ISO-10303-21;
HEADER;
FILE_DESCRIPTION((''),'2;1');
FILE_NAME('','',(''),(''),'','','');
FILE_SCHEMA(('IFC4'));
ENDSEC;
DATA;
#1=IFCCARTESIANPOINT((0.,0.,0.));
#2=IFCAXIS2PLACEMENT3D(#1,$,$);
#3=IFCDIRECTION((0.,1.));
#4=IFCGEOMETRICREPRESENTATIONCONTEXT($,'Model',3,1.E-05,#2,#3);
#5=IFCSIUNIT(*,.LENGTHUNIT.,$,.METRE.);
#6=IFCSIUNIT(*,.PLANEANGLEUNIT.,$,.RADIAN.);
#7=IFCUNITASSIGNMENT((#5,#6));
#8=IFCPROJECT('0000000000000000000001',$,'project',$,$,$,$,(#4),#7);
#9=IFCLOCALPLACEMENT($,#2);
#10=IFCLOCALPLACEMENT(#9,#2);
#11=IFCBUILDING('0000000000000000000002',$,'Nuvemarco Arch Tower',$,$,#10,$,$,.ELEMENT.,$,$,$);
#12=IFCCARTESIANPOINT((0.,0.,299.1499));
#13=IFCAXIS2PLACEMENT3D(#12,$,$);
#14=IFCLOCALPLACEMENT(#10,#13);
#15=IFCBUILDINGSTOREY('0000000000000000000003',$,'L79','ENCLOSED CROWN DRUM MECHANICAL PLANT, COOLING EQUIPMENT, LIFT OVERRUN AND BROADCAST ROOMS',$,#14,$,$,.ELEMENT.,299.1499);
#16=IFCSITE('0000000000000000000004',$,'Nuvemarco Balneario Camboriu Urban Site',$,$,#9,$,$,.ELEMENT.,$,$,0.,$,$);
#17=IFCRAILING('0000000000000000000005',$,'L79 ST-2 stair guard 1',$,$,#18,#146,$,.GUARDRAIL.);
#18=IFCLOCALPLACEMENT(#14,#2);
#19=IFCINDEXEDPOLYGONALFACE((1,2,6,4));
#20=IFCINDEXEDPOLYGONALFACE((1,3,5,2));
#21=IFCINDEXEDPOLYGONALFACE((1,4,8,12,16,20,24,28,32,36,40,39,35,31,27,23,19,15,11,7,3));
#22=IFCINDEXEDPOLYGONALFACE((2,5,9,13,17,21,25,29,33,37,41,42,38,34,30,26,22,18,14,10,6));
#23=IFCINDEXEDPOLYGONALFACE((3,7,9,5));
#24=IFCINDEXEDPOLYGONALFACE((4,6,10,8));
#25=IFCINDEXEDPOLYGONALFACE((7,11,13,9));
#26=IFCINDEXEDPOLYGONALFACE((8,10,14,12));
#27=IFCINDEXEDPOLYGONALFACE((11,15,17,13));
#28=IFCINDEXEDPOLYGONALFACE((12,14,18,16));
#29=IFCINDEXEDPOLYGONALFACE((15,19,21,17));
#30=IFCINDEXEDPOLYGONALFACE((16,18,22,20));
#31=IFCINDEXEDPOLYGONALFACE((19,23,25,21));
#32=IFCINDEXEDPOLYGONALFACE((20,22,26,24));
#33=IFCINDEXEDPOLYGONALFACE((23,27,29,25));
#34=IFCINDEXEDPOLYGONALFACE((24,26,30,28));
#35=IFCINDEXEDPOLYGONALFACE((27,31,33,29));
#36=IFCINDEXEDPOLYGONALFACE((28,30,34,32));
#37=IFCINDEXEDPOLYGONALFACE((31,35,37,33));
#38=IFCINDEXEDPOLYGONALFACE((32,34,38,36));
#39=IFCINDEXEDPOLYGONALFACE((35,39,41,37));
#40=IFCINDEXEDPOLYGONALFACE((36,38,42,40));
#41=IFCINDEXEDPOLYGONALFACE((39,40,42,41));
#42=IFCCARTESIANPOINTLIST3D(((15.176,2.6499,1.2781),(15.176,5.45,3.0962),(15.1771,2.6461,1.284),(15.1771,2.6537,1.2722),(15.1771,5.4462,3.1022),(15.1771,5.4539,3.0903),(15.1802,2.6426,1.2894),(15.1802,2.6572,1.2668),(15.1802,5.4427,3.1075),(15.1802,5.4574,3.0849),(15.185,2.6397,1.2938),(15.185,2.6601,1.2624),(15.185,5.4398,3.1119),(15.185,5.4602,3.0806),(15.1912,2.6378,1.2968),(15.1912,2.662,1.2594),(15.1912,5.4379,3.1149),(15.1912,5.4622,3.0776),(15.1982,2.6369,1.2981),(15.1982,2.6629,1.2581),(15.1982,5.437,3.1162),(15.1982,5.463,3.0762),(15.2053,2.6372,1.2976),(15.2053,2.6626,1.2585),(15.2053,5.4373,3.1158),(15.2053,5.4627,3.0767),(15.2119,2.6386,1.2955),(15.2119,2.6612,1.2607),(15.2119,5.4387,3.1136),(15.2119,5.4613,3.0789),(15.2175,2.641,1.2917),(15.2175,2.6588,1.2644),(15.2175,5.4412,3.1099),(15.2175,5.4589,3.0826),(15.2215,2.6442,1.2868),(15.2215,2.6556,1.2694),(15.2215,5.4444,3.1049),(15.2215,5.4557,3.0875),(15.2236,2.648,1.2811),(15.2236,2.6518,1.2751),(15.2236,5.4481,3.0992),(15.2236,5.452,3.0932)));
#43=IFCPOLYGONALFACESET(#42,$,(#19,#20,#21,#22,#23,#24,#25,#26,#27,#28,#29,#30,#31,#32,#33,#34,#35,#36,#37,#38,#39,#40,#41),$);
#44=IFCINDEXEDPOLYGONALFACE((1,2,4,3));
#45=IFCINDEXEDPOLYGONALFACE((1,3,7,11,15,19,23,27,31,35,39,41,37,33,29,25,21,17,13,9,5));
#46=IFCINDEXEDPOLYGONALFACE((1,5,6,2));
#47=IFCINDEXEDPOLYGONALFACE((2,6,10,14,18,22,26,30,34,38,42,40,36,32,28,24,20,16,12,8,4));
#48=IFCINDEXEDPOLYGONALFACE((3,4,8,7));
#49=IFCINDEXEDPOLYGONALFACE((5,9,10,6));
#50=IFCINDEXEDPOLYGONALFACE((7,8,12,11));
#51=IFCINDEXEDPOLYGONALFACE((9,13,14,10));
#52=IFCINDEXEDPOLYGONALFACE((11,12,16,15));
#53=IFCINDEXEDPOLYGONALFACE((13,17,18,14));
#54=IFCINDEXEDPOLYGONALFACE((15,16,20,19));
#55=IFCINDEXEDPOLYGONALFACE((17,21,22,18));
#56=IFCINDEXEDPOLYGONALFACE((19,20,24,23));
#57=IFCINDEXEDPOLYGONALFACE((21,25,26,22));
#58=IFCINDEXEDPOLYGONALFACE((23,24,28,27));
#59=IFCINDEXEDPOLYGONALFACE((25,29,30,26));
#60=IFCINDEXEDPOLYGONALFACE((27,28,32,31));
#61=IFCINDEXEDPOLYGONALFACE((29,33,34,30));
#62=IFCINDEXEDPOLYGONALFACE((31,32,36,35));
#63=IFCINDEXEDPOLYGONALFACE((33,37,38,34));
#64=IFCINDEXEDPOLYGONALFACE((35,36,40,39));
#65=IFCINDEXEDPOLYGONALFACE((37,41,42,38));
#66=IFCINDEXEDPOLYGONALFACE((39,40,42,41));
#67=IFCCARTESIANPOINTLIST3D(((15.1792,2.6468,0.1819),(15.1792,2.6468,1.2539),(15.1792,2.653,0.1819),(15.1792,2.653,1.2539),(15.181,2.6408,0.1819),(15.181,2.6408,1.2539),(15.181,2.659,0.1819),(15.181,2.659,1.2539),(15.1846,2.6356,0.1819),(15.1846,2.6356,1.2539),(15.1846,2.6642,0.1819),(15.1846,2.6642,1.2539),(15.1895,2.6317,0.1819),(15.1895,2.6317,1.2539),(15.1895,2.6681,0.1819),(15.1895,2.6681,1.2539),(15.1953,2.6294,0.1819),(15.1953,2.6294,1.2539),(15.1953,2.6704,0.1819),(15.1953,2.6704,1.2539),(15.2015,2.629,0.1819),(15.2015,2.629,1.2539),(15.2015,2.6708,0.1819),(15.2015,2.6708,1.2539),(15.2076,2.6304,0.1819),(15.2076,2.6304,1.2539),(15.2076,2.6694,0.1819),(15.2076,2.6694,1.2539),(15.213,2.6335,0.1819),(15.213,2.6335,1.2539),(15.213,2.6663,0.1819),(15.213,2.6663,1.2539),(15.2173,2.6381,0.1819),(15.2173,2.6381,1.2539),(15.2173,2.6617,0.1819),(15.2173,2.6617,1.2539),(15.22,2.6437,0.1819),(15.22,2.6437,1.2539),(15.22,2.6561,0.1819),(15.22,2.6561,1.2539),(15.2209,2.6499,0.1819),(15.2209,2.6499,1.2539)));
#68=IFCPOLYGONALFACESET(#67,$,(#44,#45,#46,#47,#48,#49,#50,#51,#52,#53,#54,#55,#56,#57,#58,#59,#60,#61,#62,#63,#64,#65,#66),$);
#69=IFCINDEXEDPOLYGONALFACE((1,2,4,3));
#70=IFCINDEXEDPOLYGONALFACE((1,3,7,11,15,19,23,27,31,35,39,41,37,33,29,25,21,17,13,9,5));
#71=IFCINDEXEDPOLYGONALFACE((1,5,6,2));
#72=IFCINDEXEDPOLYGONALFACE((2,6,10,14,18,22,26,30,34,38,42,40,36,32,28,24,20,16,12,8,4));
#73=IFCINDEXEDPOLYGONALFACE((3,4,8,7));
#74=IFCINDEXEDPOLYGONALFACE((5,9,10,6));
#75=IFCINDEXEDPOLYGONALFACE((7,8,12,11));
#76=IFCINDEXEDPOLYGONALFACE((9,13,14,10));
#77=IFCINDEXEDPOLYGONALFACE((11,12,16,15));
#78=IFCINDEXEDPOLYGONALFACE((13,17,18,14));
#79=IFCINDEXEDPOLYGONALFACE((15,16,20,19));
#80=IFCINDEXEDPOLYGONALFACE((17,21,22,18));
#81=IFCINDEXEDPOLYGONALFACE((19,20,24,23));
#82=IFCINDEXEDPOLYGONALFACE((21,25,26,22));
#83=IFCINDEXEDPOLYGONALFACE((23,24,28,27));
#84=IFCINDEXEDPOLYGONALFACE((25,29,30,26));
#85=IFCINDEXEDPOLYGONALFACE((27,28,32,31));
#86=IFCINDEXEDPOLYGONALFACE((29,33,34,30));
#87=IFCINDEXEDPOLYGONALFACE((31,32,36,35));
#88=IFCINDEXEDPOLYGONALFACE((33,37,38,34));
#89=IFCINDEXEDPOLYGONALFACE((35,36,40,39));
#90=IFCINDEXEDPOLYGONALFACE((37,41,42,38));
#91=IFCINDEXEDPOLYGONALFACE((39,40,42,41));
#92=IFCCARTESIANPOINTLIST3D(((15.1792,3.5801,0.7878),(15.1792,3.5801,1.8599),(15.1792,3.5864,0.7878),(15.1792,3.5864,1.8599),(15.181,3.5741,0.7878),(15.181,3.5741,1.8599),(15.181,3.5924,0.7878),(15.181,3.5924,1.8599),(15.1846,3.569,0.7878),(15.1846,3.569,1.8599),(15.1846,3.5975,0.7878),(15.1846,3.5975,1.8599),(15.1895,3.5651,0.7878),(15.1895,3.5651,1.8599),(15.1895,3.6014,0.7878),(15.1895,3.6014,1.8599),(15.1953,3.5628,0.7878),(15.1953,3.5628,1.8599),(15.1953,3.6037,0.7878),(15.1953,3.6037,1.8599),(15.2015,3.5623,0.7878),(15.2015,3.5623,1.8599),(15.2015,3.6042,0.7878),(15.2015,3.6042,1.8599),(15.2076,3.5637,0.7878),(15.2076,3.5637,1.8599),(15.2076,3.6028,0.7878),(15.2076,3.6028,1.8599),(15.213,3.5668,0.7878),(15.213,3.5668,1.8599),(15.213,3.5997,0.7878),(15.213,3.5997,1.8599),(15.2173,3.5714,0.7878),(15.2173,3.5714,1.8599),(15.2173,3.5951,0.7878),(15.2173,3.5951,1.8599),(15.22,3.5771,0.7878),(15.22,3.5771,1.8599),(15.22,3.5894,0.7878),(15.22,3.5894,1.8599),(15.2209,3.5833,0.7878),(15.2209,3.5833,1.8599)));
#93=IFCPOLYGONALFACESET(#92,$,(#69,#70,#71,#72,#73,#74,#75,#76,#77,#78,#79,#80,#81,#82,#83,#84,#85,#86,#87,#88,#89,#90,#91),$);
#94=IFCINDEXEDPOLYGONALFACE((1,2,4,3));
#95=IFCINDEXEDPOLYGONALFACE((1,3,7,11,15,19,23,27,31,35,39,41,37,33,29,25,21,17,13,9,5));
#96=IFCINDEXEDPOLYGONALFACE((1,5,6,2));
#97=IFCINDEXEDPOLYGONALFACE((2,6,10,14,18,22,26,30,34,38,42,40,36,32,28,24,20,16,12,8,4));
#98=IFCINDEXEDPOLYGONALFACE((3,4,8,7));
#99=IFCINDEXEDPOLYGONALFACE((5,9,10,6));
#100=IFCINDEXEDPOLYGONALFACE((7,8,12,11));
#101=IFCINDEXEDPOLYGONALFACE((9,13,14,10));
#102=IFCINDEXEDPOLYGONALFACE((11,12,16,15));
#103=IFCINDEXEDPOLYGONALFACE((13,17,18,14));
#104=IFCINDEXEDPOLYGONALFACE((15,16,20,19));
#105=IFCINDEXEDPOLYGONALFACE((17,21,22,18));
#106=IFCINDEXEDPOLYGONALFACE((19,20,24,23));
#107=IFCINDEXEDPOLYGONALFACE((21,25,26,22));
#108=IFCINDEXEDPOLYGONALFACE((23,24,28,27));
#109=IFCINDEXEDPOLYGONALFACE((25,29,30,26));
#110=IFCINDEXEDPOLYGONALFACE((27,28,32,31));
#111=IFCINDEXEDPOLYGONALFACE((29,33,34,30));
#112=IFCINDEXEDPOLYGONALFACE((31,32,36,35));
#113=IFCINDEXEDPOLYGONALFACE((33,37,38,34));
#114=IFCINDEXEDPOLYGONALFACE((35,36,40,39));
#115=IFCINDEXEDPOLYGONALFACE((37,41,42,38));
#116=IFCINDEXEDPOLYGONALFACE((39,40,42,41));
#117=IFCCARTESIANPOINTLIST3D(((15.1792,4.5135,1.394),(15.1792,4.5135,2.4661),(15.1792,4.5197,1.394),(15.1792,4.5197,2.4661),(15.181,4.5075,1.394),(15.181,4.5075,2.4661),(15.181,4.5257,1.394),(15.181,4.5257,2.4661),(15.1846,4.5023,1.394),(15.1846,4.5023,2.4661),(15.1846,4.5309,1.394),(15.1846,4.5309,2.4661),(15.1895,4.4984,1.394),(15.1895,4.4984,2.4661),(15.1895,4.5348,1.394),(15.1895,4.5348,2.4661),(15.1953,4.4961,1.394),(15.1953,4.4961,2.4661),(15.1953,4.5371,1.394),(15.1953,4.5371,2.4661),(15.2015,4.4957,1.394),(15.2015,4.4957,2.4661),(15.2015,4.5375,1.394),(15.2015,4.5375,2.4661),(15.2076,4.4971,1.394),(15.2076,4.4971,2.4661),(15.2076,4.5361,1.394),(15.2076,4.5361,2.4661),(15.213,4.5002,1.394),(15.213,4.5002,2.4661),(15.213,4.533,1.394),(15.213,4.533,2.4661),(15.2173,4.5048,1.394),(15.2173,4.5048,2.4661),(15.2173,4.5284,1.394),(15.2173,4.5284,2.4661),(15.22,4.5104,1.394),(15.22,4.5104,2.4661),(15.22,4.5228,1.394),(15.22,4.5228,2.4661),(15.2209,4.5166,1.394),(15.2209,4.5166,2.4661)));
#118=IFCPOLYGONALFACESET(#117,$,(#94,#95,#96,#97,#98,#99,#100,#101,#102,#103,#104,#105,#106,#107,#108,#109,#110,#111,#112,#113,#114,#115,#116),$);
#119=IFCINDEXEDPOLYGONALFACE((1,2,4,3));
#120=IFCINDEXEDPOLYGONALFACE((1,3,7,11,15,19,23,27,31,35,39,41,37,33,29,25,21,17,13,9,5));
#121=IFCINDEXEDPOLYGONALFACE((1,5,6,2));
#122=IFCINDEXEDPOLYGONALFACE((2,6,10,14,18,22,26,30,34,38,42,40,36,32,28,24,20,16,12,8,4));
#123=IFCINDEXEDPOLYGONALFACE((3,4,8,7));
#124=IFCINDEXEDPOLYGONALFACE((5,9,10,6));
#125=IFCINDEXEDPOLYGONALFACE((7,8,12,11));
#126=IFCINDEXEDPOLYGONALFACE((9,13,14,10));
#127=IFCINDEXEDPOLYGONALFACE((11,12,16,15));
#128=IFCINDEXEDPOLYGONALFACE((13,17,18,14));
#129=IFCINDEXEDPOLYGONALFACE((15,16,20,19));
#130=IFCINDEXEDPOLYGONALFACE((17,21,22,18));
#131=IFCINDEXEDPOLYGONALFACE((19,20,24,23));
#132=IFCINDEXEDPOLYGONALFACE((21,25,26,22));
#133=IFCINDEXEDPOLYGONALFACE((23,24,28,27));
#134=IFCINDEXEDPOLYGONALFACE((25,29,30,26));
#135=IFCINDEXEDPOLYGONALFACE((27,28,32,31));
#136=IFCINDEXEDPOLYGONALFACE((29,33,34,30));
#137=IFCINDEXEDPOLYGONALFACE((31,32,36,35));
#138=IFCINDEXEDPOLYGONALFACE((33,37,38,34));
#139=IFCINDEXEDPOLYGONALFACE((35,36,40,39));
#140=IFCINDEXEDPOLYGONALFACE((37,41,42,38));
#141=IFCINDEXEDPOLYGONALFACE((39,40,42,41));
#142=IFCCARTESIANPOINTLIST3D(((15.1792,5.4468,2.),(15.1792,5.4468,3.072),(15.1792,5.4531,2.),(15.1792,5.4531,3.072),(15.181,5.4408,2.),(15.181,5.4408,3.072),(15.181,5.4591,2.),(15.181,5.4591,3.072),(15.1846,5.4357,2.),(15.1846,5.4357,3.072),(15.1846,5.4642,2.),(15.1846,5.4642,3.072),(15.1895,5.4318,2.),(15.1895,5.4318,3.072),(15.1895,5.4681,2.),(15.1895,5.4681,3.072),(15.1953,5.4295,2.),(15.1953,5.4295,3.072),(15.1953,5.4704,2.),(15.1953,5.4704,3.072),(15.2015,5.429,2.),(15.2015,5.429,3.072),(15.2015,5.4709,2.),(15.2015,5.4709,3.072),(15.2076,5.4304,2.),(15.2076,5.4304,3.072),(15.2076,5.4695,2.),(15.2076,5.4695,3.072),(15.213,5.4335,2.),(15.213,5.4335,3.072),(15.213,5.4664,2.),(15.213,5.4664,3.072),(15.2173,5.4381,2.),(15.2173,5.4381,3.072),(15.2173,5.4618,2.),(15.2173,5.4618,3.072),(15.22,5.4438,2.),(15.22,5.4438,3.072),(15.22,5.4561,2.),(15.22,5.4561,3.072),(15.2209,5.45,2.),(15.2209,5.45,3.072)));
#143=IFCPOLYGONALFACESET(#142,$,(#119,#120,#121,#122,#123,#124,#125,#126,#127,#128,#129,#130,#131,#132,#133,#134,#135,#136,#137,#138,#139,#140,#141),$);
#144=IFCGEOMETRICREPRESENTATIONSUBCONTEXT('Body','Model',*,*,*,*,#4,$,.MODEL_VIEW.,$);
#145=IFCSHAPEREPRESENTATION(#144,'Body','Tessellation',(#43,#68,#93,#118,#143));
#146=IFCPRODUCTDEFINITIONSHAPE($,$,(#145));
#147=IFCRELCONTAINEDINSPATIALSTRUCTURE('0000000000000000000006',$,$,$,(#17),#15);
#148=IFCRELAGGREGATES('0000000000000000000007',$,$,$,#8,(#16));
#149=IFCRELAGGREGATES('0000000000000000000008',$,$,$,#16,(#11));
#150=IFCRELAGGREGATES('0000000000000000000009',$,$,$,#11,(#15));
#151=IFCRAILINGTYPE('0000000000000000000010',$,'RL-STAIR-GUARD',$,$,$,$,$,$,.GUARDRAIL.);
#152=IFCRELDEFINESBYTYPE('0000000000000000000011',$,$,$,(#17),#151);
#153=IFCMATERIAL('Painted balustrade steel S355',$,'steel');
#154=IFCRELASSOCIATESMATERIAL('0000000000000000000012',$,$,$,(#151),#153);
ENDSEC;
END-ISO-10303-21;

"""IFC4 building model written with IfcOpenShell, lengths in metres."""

from ifc_helpers import new_model, si_unit, direction, frame, origin, origin_2d, place, context, subcontext, project, spatial, circle, extrude, material, type_object, element, save


model = new_model("IFC4")

# Units and contexts
model_context = context("Model", 3, precision=1e-05, world=origin(), true_north=direction((0.0, 1.0)))
body_context = subcontext(model_context, "Body", "Model", "MODEL_VIEW")
ifc_project = project(units=[si_unit("LENGTHUNIT", "METRE"), si_unit("PLANEANGLEUNIT", "RADIAN")], contexts=[model_context])

# Site, building, storey
site_placement = place(None, origin())
site = spatial("IfcSite", under=ifc_project, at=site_placement, Name="Nuvemarco Balneario Camboriu Urban Site", CompositionType="ELEMENT", RefElevation=0.0)
building_placement = place(site_placement, origin())
building = spatial("IfcBuilding", under=site, at=building_placement, Name="Nuvemarco Arch Tower", CompositionType="ELEMENT")
storey_placement = place(building_placement, frame((0.0, 0.0, 299.1499)))
storey = spatial("IfcBuildingStorey", under=building, at=storey_placement, Name="L79", Description="ENCLOSED CROWN DRUM MECHANICAL PLANT, COOLING EQUIPMENT, LIFT OVERRUN AND BROADCAST ROOMS", CompositionType="ELEMENT", Elevation=299.1499)

# Railing
ifc_material_1 = material(Name="Painted balustrade steel S355", Category="steel")
railing_type_1 = type_object("IfcRailingType", Name="RL-STAIR-GUARD", PredefinedType="GUARDRAIL", material=ifc_material_1)
railing_1_placement = place(storey_placement, frame((15.2, 2.6499, 0.1819)))
element("IfcRailing", 1, at=railing_1_placement, inside=storey, type_object=railing_type_1, Name="L79 ST-2 stair guard 1", PredefinedType="GUARDRAIL", context=body_context, shape_type="SweptSolid", body=[
    extrude(circle(Radius=0.0239, at=origin_2d()), frame((0.0, 0.0, 1.0962), z_axis=(0.0, 0.838706, 0.544585), x_axis=(-1.0, 0.0, 0.0)), (0.0, 0.0, 1.0), 3.3386),
    extrude(circle(Radius=0.021, at=origin_2d()), origin(), (0.0, 0.0, 1.0), 1.072),
    extrude(circle(Radius=0.021, at=origin_2d()), frame((0.0, 0.9333, 0.606)), (0.0, 0.0, 1.0), 1.072),
    extrude(circle(Radius=0.021, at=origin_2d()), frame((0.0, 1.8667, 1.2122)), (0.0, 0.0, 1.0), 1.072),
    extrude(circle(Radius=0.021, at=origin_2d()), frame((0.0, 2.8, 1.8181)), (0.0, 0.0, 1.0), 1.072),
])

save(model, "model.ifc")
